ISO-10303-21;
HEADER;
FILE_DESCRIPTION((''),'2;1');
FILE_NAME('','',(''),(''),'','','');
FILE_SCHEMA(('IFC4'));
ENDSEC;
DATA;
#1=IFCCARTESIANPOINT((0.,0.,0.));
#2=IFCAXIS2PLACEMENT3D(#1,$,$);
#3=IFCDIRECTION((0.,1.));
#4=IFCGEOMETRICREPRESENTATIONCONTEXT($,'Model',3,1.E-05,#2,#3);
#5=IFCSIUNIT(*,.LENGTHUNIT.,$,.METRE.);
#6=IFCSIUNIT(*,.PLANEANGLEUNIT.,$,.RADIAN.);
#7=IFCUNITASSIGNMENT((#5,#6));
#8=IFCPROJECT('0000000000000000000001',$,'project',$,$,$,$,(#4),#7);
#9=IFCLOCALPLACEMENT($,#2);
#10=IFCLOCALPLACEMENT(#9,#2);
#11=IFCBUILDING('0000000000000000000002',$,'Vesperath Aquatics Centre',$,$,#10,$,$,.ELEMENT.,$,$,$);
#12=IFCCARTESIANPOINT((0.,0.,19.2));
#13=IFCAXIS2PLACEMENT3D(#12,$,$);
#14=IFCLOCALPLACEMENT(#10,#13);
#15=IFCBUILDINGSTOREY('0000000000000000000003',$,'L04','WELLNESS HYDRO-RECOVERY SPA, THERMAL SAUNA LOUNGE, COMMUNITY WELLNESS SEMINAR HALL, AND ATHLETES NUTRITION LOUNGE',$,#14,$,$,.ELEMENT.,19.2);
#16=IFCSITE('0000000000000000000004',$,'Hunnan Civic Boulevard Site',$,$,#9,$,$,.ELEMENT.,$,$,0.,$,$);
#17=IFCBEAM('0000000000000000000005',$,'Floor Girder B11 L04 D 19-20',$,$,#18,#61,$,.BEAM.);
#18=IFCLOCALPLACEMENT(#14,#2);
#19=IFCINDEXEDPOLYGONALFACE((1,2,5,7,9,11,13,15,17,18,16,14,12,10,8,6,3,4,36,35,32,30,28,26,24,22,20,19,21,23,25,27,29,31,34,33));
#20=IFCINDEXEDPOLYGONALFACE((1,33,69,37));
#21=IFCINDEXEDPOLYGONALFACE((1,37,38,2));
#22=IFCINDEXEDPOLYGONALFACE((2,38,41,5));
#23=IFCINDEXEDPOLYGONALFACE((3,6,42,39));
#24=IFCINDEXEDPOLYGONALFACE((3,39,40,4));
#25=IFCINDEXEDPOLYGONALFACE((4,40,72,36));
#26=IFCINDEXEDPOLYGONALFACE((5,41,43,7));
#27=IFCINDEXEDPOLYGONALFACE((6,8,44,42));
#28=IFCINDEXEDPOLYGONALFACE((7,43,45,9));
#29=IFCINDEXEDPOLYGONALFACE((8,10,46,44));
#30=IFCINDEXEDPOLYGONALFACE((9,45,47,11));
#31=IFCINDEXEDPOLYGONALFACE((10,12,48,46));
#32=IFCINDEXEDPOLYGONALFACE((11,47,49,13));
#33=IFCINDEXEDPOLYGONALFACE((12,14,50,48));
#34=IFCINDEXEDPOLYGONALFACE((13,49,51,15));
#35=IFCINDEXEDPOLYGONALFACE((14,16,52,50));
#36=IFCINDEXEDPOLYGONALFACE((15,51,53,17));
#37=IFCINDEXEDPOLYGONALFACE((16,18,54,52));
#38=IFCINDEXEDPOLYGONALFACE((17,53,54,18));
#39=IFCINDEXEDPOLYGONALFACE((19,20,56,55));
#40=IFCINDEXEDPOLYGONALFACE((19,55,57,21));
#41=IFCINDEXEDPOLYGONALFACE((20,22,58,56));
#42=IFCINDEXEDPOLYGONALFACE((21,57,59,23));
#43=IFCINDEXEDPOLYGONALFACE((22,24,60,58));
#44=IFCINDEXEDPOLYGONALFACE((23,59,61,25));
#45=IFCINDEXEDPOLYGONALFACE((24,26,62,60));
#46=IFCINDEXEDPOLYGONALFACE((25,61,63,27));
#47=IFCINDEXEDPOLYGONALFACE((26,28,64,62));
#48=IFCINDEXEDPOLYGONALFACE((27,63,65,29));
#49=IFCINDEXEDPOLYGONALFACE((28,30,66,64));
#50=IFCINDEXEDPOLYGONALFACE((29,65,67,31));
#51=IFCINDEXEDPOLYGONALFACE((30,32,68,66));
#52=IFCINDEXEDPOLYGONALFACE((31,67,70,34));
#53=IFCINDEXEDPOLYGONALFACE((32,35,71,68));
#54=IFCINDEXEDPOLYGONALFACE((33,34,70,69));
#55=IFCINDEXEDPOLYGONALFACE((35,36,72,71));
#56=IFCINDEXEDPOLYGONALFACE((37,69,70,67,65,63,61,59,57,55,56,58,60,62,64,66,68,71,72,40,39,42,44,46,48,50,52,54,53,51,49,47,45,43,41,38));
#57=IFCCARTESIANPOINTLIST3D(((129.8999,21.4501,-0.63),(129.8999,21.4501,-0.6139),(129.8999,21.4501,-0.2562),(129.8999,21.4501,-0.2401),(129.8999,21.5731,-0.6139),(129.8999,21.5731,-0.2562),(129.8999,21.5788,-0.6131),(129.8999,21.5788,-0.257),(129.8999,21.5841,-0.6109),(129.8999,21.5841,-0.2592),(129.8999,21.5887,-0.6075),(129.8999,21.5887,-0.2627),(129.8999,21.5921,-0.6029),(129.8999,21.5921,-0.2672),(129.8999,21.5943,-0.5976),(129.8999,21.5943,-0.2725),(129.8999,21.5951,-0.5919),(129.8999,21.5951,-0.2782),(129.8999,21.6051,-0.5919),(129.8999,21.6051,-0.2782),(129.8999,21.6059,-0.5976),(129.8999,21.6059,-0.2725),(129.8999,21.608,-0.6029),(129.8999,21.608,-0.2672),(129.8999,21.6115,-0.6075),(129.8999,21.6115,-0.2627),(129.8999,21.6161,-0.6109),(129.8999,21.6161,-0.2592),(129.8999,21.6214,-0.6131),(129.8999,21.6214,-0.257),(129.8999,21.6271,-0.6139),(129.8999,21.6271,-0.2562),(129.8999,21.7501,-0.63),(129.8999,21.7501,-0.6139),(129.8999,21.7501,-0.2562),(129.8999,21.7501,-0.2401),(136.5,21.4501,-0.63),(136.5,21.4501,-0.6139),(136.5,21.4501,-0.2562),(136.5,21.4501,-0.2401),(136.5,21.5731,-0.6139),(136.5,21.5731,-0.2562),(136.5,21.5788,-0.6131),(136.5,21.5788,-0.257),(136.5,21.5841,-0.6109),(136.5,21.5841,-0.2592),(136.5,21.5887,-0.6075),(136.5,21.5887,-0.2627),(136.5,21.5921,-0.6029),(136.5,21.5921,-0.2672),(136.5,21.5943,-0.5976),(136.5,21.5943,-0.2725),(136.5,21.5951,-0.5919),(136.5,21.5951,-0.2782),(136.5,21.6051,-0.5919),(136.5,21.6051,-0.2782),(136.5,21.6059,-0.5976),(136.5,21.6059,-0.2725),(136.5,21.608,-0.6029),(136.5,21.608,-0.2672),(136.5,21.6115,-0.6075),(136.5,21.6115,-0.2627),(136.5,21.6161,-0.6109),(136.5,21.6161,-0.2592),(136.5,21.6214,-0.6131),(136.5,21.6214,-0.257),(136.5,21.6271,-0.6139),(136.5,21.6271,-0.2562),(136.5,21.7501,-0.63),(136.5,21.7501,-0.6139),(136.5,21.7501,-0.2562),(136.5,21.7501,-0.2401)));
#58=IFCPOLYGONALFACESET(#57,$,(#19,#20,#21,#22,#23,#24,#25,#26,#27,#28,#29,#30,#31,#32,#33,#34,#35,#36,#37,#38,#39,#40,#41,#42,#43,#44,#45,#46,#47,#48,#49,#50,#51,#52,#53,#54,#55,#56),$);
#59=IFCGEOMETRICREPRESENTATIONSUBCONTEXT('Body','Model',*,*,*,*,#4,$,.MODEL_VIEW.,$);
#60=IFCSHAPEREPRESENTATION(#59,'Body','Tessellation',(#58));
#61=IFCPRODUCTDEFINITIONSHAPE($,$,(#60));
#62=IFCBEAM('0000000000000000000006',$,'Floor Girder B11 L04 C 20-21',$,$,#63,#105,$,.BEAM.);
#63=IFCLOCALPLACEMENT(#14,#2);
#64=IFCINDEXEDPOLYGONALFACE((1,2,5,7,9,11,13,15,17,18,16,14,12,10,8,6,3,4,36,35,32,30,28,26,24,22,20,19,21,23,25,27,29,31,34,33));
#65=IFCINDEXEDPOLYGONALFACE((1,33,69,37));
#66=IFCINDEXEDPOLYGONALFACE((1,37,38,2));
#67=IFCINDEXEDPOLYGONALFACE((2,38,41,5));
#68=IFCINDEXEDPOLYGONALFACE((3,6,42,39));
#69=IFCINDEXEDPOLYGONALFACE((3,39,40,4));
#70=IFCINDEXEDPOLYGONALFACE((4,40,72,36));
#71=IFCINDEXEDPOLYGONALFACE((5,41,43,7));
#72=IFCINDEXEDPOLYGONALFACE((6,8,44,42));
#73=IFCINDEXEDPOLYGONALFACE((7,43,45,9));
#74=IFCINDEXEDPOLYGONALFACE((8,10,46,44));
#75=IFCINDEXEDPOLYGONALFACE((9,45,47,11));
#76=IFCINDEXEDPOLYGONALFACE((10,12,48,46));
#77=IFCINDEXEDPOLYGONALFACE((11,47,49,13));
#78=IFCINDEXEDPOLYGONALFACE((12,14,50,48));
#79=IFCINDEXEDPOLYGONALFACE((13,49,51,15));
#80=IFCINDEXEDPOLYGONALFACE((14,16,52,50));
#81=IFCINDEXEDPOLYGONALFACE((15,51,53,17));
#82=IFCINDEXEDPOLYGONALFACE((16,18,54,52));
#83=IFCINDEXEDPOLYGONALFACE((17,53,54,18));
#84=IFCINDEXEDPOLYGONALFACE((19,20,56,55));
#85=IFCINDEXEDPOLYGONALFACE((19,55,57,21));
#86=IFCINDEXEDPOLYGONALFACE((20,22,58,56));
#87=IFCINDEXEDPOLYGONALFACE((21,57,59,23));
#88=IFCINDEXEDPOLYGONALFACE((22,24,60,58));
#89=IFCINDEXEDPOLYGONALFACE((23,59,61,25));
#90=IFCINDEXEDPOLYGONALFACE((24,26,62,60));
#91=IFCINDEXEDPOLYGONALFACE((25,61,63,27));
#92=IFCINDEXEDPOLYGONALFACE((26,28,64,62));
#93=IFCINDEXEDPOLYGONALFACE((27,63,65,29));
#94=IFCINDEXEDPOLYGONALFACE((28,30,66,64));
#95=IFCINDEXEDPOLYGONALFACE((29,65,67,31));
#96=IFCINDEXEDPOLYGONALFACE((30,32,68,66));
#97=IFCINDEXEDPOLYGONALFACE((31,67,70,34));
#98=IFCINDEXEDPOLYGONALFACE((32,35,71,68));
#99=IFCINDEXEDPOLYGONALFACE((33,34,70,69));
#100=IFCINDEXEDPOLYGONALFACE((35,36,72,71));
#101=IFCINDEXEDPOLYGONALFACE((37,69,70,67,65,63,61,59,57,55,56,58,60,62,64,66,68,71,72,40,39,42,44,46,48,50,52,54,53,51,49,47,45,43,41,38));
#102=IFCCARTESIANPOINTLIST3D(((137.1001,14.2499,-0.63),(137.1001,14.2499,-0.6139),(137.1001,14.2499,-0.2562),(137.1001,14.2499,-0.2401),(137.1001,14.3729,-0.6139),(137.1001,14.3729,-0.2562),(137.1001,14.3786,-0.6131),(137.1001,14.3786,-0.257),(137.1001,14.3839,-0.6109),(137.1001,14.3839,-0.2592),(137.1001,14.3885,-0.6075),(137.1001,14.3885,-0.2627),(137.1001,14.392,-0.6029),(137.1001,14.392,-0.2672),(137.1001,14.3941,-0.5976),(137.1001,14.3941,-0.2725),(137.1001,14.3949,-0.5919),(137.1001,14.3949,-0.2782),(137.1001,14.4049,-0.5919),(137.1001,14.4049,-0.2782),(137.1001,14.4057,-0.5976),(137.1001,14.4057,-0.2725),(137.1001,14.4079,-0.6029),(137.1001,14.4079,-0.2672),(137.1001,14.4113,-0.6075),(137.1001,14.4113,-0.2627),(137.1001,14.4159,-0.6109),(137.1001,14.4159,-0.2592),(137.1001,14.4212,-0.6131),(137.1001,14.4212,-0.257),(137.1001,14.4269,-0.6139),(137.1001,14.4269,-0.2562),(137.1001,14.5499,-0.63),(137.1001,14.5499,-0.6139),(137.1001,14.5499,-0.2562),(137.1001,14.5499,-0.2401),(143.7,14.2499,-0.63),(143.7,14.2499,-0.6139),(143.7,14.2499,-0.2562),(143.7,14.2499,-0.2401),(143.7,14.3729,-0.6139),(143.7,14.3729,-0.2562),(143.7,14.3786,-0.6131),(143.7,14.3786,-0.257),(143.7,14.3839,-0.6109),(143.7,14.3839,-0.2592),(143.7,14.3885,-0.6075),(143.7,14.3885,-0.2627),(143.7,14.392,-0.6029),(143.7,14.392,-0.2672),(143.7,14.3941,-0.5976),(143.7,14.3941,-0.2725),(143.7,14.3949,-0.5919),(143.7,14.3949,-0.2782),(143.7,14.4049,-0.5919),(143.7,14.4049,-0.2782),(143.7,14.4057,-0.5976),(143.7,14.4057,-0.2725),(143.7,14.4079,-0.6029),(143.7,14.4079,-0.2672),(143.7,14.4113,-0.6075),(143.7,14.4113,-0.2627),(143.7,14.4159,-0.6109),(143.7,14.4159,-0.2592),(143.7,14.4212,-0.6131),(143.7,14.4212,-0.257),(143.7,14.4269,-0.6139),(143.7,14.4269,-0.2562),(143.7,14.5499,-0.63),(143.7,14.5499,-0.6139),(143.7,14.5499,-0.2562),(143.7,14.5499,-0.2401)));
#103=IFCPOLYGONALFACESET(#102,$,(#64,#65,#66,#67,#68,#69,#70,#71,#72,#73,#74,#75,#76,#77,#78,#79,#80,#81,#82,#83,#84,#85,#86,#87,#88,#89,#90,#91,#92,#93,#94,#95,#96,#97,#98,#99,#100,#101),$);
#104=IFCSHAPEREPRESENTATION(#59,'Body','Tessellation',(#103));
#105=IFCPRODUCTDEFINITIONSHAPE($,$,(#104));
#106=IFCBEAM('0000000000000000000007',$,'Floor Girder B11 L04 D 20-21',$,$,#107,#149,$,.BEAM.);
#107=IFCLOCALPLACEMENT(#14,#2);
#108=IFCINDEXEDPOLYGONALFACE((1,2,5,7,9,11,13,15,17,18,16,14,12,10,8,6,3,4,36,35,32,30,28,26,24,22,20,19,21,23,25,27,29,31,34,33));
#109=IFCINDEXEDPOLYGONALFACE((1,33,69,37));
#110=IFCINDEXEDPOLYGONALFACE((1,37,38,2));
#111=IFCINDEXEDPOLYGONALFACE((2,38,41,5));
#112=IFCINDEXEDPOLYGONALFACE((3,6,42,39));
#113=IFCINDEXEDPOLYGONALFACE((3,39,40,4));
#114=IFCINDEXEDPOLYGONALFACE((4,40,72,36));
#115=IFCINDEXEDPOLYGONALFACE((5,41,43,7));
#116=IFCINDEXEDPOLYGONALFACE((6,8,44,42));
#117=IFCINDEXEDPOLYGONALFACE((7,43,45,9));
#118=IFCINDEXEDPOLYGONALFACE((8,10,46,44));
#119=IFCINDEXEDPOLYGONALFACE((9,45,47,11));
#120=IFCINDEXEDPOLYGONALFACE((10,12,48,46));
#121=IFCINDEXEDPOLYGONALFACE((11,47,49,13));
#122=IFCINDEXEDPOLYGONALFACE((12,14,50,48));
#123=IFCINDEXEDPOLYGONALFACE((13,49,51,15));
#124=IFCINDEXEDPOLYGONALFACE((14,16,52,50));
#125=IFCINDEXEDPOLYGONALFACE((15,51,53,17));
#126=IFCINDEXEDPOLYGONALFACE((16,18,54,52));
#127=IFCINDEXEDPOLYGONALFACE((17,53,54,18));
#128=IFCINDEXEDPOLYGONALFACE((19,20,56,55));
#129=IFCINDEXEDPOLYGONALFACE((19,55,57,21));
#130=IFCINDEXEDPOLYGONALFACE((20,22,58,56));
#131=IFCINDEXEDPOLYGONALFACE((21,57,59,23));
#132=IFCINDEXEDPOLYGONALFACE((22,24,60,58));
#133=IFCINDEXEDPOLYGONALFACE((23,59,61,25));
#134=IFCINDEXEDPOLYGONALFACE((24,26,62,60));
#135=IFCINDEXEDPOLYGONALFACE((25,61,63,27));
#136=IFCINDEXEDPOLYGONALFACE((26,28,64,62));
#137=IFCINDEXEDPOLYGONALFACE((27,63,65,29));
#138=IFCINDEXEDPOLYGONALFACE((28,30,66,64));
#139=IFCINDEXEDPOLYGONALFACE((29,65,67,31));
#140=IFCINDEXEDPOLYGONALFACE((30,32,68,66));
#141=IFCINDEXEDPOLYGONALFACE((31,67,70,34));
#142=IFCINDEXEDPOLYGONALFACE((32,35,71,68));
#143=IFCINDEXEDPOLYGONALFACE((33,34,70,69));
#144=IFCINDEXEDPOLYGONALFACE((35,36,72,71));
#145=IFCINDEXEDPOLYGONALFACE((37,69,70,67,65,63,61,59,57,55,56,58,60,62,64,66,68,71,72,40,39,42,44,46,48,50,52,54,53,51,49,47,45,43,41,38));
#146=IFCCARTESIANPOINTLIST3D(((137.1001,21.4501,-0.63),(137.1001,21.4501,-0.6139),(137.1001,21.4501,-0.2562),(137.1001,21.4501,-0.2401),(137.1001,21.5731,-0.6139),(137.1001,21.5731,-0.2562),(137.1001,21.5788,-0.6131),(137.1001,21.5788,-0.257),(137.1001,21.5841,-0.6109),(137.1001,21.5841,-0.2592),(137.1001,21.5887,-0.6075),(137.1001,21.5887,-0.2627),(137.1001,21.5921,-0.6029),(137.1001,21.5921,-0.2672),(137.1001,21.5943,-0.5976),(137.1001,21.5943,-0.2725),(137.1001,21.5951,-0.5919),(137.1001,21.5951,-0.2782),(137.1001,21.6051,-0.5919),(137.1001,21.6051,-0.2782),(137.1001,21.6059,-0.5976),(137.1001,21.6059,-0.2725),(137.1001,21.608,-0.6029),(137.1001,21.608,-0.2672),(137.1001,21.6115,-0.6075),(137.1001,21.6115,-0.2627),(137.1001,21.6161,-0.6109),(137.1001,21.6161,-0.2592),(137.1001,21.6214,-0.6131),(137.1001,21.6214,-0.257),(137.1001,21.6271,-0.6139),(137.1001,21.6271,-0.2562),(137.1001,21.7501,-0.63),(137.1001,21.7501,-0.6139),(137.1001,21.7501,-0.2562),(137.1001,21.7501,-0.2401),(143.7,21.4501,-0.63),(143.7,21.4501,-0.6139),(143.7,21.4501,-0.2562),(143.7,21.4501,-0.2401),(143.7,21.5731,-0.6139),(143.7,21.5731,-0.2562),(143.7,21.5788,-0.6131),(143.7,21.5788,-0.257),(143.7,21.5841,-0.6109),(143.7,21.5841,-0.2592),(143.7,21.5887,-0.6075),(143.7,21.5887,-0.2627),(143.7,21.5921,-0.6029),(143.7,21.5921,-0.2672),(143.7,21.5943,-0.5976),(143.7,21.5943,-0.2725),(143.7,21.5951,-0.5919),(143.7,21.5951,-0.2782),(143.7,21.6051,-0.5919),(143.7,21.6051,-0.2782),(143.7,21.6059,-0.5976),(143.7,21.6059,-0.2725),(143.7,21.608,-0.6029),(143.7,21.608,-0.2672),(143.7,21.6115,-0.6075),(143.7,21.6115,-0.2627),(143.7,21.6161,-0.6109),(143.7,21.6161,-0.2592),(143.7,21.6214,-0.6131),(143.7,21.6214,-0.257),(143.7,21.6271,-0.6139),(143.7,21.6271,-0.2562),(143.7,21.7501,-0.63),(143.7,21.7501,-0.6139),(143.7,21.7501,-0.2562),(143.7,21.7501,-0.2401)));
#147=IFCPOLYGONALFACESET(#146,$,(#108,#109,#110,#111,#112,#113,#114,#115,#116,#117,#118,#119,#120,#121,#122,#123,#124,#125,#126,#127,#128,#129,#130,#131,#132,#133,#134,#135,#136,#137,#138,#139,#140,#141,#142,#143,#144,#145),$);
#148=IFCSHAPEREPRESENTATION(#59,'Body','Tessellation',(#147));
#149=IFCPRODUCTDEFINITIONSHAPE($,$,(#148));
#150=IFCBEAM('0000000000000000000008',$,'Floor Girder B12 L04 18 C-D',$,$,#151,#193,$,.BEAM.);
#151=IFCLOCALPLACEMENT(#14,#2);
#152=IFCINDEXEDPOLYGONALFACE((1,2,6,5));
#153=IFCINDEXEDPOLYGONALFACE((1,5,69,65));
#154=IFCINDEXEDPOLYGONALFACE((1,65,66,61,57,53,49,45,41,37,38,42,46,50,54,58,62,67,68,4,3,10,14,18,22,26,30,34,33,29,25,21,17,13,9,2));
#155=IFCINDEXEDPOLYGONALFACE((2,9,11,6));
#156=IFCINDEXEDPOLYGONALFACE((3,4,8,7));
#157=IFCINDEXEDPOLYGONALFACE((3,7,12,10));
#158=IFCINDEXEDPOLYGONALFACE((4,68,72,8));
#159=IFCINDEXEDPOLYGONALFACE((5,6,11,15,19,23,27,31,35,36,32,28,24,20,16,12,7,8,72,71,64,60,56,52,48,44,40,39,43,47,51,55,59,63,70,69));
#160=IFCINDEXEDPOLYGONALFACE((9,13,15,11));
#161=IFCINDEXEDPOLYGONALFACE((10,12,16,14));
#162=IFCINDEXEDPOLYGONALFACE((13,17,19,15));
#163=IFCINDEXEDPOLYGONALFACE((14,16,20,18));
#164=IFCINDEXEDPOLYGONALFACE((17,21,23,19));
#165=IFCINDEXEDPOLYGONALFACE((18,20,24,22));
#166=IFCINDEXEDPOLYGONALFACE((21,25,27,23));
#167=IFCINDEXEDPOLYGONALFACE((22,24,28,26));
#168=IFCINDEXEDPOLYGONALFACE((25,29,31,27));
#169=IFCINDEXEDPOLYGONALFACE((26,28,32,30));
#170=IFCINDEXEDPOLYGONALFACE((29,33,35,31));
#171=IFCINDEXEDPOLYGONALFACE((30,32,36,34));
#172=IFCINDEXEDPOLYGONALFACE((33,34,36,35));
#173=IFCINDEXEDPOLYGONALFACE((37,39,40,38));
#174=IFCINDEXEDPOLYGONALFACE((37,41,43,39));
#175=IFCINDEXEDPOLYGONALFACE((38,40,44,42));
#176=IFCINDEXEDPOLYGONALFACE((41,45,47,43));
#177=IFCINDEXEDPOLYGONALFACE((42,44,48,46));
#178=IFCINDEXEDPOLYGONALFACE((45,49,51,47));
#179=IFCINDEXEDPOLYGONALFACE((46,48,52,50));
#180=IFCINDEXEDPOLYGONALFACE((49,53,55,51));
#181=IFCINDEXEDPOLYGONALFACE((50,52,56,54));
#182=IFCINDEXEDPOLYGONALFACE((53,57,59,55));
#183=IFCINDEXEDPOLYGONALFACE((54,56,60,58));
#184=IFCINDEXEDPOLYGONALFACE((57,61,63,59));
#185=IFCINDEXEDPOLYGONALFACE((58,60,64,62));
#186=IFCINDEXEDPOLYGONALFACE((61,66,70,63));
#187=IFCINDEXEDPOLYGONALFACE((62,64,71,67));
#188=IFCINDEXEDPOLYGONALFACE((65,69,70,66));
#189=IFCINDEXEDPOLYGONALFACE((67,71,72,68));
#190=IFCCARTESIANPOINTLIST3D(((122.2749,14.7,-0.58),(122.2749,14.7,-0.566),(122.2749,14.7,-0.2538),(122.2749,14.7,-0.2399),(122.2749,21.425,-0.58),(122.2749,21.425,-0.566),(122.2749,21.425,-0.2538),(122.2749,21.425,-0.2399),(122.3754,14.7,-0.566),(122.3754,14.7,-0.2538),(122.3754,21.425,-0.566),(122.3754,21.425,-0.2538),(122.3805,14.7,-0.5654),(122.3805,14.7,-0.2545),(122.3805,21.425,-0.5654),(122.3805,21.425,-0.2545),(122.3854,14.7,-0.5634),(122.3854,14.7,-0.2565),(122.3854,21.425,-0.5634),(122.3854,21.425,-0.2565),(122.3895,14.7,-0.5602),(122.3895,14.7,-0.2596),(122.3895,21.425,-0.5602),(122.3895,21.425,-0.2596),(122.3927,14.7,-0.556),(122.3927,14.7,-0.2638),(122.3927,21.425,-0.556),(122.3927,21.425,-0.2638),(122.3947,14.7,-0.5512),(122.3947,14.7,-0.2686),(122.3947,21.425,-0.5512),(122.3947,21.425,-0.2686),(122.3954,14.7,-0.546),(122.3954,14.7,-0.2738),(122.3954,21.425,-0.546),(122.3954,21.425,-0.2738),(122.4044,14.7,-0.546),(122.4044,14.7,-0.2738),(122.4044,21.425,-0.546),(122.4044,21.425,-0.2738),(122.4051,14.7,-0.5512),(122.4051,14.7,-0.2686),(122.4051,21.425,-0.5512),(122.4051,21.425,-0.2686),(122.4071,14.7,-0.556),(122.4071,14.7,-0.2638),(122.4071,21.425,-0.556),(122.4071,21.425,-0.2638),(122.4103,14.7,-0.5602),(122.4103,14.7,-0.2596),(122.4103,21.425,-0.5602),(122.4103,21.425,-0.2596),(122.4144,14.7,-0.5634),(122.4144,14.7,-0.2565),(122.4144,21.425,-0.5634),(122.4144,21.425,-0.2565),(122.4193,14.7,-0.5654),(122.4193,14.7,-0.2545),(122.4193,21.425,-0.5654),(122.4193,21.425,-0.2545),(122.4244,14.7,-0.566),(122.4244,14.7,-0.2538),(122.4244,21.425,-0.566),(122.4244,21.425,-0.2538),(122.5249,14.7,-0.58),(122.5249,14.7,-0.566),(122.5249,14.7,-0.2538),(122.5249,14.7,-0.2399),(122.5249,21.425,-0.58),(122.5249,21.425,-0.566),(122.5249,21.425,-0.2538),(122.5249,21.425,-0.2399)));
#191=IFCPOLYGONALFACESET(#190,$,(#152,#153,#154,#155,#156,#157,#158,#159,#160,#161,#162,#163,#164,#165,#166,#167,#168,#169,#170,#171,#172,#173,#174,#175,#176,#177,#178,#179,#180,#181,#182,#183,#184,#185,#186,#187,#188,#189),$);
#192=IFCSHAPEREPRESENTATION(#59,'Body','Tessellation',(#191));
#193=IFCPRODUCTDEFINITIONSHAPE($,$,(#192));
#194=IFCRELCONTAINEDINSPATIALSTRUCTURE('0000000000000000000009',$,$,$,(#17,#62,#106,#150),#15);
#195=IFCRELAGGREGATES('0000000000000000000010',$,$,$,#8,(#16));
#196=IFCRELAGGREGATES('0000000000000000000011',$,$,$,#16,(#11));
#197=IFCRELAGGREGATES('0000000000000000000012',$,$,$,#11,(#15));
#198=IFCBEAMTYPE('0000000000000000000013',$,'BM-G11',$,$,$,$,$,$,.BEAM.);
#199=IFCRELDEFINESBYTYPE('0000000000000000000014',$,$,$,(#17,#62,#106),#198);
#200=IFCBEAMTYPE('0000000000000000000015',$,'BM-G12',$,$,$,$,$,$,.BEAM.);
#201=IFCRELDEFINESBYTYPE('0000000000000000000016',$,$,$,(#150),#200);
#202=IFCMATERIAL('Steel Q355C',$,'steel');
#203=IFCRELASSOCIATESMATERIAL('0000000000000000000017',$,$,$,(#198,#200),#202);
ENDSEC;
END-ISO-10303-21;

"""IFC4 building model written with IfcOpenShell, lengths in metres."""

from ifc_helpers import new_model, si_unit, direction, frame, origin, origin_2d, place, context, subcontext, project, spatial, i_section, extrude, material, material_profile, profile_set, type_object, element, save


model = new_model("IFC4")

# Units and contexts
model_context = context("Model", 3, precision=1e-05, world=origin(), true_north=direction((0.0, 1.0)))
body_context = subcontext(model_context, "Body", "Model", "MODEL_VIEW")
ifc_project = project(units=[si_unit("LENGTHUNIT", "METRE"), si_unit("PLANEANGLEUNIT", "RADIAN")], contexts=[model_context])

# Site, building, storey
site_placement = place(None, origin())
site = spatial("IfcSite", under=ifc_project, at=site_placement, Name="Hunnan Civic Boulevard Site", CompositionType="ELEMENT", RefElevation=0.0)
building_placement = place(site_placement, origin())
building = spatial("IfcBuilding", under=site, at=building_placement, Name="Vesperath Aquatics Centre", CompositionType="ELEMENT")
storey_placement = place(building_placement, frame((0.0, 0.0, 19.2)))
storey = spatial("IfcBuildingStorey", under=building, at=storey_placement, Name="L04", Description="WELLNESS HYDRO-RECOVERY SPA, THERMAL SAUNA LOUNGE, COMMUNITY WELLNESS SEMINAR HALL, AND ATHLETES NUTRITION LOUNGE", CompositionType="ELEMENT", Elevation=19.2)

# Shared definitions
ifc_material_1 = material(Name="Steel Q355C", Category="steel")

# Beams
ifc_material_profile_1 = material_profile(ifc_material_1, i_section(OverallWidth=0.3, OverallDepth=0.3899, WebThickness=0.01, FlangeThickness=0.0161, FilletRadius=0.022, at=origin_2d()), Name="HM 390x300x10x16")
ifc_profile_set_1 = profile_set([ifc_material_profile_1], Name="Steel Q355C")
beam_type_1 = type_object("IfcBeamType", Name="BM-G11", PredefinedType="BEAM", material=ifc_profile_set_1)
beam_1_placement = place(storey_placement, frame((129.8999, 21.6001, -0.4351), z_axis=(1.0, 0.0, 0.0), x_axis=(0.0, 1.0, 0.0)))
element("IfcBeam", 1, at=beam_1_placement, inside=storey, type_object=beam_type_1, Name="Floor Girder B11 L04 D 19-20", PredefinedType="BEAM", context=body_context, shape_type="SweptSolid", body=[
    extrude(i_section(OverallWidth=0.3, OverallDepth=0.3899, WebThickness=0.01, FlangeThickness=0.0161, FilletRadius=0.022, at=origin_2d()), origin(), (0.0, 0.0, 1.0), 6.6001),
])
for number, where, z_axis, x_axis, name in (
    (2, (137.1001, 14.3999, -0.4351), (1.0, 0.0, 0.0), (0.0, 1.0, 0.0), "Floor Girder B11 L04 C 20-21"),
    (3, (137.1001, 21.6001, -0.4351), (1.0, 0.0, 0.0), (0.0, 1.0, 0.0), "Floor Girder B11 L04 D 20-21"),
):
    element("IfcBeam", number, at=place(storey_placement, frame(where, z_axis=z_axis, x_axis=x_axis)), inside=storey, type_object=beam_type_1, Name=name, PredefinedType="BEAM", context=body_context, shape_type="SweptSolid", body=[
        extrude(i_section(OverallWidth=0.3, OverallDepth=0.3899, WebThickness=0.01, FlangeThickness=0.0161, FilletRadius=0.022, at=origin_2d()), origin(), (0.0, 0.0, 1.0), 6.5999),
    ])
ifc_material_profile_2 = material_profile(ifc_material_1, i_section(OverallWidth=0.25, OverallDepth=0.3401, WebThickness=0.009, FlangeThickness=0.0139, FilletRadius=0.02, at=origin_2d()), Name="HM 340x250x9x14")
ifc_profile_set_2 = profile_set([ifc_material_profile_2], Name="Steel Q355C")
beam_type_2 = type_object("IfcBeamType", Name="BM-G12", PredefinedType="BEAM", material=ifc_profile_set_2)
for number, where, z_axis, x_axis, name in (
    (4, (122.3999, 14.7, -0.4099), (0.0, 1.0, 0.0), (-1.0, 0.0, 0.0), "Floor Girder B12 L04 18 C-D"),
):
    element("IfcBeam", number, at=place(storey_placement, frame(where, z_axis=z_axis, x_axis=x_axis)), inside=storey, type_object=beam_type_2, Name=name, PredefinedType="BEAM", context=body_context, shape_type="SweptSolid", body=[
        extrude(i_section(OverallWidth=0.25, OverallDepth=0.3401, WebThickness=0.009, FlangeThickness=0.0139, FilletRadius=0.02, at=origin_2d()), origin(), (0.0, 0.0, 1.0), 6.7251),
    ])

save(model, "model.ifc")
